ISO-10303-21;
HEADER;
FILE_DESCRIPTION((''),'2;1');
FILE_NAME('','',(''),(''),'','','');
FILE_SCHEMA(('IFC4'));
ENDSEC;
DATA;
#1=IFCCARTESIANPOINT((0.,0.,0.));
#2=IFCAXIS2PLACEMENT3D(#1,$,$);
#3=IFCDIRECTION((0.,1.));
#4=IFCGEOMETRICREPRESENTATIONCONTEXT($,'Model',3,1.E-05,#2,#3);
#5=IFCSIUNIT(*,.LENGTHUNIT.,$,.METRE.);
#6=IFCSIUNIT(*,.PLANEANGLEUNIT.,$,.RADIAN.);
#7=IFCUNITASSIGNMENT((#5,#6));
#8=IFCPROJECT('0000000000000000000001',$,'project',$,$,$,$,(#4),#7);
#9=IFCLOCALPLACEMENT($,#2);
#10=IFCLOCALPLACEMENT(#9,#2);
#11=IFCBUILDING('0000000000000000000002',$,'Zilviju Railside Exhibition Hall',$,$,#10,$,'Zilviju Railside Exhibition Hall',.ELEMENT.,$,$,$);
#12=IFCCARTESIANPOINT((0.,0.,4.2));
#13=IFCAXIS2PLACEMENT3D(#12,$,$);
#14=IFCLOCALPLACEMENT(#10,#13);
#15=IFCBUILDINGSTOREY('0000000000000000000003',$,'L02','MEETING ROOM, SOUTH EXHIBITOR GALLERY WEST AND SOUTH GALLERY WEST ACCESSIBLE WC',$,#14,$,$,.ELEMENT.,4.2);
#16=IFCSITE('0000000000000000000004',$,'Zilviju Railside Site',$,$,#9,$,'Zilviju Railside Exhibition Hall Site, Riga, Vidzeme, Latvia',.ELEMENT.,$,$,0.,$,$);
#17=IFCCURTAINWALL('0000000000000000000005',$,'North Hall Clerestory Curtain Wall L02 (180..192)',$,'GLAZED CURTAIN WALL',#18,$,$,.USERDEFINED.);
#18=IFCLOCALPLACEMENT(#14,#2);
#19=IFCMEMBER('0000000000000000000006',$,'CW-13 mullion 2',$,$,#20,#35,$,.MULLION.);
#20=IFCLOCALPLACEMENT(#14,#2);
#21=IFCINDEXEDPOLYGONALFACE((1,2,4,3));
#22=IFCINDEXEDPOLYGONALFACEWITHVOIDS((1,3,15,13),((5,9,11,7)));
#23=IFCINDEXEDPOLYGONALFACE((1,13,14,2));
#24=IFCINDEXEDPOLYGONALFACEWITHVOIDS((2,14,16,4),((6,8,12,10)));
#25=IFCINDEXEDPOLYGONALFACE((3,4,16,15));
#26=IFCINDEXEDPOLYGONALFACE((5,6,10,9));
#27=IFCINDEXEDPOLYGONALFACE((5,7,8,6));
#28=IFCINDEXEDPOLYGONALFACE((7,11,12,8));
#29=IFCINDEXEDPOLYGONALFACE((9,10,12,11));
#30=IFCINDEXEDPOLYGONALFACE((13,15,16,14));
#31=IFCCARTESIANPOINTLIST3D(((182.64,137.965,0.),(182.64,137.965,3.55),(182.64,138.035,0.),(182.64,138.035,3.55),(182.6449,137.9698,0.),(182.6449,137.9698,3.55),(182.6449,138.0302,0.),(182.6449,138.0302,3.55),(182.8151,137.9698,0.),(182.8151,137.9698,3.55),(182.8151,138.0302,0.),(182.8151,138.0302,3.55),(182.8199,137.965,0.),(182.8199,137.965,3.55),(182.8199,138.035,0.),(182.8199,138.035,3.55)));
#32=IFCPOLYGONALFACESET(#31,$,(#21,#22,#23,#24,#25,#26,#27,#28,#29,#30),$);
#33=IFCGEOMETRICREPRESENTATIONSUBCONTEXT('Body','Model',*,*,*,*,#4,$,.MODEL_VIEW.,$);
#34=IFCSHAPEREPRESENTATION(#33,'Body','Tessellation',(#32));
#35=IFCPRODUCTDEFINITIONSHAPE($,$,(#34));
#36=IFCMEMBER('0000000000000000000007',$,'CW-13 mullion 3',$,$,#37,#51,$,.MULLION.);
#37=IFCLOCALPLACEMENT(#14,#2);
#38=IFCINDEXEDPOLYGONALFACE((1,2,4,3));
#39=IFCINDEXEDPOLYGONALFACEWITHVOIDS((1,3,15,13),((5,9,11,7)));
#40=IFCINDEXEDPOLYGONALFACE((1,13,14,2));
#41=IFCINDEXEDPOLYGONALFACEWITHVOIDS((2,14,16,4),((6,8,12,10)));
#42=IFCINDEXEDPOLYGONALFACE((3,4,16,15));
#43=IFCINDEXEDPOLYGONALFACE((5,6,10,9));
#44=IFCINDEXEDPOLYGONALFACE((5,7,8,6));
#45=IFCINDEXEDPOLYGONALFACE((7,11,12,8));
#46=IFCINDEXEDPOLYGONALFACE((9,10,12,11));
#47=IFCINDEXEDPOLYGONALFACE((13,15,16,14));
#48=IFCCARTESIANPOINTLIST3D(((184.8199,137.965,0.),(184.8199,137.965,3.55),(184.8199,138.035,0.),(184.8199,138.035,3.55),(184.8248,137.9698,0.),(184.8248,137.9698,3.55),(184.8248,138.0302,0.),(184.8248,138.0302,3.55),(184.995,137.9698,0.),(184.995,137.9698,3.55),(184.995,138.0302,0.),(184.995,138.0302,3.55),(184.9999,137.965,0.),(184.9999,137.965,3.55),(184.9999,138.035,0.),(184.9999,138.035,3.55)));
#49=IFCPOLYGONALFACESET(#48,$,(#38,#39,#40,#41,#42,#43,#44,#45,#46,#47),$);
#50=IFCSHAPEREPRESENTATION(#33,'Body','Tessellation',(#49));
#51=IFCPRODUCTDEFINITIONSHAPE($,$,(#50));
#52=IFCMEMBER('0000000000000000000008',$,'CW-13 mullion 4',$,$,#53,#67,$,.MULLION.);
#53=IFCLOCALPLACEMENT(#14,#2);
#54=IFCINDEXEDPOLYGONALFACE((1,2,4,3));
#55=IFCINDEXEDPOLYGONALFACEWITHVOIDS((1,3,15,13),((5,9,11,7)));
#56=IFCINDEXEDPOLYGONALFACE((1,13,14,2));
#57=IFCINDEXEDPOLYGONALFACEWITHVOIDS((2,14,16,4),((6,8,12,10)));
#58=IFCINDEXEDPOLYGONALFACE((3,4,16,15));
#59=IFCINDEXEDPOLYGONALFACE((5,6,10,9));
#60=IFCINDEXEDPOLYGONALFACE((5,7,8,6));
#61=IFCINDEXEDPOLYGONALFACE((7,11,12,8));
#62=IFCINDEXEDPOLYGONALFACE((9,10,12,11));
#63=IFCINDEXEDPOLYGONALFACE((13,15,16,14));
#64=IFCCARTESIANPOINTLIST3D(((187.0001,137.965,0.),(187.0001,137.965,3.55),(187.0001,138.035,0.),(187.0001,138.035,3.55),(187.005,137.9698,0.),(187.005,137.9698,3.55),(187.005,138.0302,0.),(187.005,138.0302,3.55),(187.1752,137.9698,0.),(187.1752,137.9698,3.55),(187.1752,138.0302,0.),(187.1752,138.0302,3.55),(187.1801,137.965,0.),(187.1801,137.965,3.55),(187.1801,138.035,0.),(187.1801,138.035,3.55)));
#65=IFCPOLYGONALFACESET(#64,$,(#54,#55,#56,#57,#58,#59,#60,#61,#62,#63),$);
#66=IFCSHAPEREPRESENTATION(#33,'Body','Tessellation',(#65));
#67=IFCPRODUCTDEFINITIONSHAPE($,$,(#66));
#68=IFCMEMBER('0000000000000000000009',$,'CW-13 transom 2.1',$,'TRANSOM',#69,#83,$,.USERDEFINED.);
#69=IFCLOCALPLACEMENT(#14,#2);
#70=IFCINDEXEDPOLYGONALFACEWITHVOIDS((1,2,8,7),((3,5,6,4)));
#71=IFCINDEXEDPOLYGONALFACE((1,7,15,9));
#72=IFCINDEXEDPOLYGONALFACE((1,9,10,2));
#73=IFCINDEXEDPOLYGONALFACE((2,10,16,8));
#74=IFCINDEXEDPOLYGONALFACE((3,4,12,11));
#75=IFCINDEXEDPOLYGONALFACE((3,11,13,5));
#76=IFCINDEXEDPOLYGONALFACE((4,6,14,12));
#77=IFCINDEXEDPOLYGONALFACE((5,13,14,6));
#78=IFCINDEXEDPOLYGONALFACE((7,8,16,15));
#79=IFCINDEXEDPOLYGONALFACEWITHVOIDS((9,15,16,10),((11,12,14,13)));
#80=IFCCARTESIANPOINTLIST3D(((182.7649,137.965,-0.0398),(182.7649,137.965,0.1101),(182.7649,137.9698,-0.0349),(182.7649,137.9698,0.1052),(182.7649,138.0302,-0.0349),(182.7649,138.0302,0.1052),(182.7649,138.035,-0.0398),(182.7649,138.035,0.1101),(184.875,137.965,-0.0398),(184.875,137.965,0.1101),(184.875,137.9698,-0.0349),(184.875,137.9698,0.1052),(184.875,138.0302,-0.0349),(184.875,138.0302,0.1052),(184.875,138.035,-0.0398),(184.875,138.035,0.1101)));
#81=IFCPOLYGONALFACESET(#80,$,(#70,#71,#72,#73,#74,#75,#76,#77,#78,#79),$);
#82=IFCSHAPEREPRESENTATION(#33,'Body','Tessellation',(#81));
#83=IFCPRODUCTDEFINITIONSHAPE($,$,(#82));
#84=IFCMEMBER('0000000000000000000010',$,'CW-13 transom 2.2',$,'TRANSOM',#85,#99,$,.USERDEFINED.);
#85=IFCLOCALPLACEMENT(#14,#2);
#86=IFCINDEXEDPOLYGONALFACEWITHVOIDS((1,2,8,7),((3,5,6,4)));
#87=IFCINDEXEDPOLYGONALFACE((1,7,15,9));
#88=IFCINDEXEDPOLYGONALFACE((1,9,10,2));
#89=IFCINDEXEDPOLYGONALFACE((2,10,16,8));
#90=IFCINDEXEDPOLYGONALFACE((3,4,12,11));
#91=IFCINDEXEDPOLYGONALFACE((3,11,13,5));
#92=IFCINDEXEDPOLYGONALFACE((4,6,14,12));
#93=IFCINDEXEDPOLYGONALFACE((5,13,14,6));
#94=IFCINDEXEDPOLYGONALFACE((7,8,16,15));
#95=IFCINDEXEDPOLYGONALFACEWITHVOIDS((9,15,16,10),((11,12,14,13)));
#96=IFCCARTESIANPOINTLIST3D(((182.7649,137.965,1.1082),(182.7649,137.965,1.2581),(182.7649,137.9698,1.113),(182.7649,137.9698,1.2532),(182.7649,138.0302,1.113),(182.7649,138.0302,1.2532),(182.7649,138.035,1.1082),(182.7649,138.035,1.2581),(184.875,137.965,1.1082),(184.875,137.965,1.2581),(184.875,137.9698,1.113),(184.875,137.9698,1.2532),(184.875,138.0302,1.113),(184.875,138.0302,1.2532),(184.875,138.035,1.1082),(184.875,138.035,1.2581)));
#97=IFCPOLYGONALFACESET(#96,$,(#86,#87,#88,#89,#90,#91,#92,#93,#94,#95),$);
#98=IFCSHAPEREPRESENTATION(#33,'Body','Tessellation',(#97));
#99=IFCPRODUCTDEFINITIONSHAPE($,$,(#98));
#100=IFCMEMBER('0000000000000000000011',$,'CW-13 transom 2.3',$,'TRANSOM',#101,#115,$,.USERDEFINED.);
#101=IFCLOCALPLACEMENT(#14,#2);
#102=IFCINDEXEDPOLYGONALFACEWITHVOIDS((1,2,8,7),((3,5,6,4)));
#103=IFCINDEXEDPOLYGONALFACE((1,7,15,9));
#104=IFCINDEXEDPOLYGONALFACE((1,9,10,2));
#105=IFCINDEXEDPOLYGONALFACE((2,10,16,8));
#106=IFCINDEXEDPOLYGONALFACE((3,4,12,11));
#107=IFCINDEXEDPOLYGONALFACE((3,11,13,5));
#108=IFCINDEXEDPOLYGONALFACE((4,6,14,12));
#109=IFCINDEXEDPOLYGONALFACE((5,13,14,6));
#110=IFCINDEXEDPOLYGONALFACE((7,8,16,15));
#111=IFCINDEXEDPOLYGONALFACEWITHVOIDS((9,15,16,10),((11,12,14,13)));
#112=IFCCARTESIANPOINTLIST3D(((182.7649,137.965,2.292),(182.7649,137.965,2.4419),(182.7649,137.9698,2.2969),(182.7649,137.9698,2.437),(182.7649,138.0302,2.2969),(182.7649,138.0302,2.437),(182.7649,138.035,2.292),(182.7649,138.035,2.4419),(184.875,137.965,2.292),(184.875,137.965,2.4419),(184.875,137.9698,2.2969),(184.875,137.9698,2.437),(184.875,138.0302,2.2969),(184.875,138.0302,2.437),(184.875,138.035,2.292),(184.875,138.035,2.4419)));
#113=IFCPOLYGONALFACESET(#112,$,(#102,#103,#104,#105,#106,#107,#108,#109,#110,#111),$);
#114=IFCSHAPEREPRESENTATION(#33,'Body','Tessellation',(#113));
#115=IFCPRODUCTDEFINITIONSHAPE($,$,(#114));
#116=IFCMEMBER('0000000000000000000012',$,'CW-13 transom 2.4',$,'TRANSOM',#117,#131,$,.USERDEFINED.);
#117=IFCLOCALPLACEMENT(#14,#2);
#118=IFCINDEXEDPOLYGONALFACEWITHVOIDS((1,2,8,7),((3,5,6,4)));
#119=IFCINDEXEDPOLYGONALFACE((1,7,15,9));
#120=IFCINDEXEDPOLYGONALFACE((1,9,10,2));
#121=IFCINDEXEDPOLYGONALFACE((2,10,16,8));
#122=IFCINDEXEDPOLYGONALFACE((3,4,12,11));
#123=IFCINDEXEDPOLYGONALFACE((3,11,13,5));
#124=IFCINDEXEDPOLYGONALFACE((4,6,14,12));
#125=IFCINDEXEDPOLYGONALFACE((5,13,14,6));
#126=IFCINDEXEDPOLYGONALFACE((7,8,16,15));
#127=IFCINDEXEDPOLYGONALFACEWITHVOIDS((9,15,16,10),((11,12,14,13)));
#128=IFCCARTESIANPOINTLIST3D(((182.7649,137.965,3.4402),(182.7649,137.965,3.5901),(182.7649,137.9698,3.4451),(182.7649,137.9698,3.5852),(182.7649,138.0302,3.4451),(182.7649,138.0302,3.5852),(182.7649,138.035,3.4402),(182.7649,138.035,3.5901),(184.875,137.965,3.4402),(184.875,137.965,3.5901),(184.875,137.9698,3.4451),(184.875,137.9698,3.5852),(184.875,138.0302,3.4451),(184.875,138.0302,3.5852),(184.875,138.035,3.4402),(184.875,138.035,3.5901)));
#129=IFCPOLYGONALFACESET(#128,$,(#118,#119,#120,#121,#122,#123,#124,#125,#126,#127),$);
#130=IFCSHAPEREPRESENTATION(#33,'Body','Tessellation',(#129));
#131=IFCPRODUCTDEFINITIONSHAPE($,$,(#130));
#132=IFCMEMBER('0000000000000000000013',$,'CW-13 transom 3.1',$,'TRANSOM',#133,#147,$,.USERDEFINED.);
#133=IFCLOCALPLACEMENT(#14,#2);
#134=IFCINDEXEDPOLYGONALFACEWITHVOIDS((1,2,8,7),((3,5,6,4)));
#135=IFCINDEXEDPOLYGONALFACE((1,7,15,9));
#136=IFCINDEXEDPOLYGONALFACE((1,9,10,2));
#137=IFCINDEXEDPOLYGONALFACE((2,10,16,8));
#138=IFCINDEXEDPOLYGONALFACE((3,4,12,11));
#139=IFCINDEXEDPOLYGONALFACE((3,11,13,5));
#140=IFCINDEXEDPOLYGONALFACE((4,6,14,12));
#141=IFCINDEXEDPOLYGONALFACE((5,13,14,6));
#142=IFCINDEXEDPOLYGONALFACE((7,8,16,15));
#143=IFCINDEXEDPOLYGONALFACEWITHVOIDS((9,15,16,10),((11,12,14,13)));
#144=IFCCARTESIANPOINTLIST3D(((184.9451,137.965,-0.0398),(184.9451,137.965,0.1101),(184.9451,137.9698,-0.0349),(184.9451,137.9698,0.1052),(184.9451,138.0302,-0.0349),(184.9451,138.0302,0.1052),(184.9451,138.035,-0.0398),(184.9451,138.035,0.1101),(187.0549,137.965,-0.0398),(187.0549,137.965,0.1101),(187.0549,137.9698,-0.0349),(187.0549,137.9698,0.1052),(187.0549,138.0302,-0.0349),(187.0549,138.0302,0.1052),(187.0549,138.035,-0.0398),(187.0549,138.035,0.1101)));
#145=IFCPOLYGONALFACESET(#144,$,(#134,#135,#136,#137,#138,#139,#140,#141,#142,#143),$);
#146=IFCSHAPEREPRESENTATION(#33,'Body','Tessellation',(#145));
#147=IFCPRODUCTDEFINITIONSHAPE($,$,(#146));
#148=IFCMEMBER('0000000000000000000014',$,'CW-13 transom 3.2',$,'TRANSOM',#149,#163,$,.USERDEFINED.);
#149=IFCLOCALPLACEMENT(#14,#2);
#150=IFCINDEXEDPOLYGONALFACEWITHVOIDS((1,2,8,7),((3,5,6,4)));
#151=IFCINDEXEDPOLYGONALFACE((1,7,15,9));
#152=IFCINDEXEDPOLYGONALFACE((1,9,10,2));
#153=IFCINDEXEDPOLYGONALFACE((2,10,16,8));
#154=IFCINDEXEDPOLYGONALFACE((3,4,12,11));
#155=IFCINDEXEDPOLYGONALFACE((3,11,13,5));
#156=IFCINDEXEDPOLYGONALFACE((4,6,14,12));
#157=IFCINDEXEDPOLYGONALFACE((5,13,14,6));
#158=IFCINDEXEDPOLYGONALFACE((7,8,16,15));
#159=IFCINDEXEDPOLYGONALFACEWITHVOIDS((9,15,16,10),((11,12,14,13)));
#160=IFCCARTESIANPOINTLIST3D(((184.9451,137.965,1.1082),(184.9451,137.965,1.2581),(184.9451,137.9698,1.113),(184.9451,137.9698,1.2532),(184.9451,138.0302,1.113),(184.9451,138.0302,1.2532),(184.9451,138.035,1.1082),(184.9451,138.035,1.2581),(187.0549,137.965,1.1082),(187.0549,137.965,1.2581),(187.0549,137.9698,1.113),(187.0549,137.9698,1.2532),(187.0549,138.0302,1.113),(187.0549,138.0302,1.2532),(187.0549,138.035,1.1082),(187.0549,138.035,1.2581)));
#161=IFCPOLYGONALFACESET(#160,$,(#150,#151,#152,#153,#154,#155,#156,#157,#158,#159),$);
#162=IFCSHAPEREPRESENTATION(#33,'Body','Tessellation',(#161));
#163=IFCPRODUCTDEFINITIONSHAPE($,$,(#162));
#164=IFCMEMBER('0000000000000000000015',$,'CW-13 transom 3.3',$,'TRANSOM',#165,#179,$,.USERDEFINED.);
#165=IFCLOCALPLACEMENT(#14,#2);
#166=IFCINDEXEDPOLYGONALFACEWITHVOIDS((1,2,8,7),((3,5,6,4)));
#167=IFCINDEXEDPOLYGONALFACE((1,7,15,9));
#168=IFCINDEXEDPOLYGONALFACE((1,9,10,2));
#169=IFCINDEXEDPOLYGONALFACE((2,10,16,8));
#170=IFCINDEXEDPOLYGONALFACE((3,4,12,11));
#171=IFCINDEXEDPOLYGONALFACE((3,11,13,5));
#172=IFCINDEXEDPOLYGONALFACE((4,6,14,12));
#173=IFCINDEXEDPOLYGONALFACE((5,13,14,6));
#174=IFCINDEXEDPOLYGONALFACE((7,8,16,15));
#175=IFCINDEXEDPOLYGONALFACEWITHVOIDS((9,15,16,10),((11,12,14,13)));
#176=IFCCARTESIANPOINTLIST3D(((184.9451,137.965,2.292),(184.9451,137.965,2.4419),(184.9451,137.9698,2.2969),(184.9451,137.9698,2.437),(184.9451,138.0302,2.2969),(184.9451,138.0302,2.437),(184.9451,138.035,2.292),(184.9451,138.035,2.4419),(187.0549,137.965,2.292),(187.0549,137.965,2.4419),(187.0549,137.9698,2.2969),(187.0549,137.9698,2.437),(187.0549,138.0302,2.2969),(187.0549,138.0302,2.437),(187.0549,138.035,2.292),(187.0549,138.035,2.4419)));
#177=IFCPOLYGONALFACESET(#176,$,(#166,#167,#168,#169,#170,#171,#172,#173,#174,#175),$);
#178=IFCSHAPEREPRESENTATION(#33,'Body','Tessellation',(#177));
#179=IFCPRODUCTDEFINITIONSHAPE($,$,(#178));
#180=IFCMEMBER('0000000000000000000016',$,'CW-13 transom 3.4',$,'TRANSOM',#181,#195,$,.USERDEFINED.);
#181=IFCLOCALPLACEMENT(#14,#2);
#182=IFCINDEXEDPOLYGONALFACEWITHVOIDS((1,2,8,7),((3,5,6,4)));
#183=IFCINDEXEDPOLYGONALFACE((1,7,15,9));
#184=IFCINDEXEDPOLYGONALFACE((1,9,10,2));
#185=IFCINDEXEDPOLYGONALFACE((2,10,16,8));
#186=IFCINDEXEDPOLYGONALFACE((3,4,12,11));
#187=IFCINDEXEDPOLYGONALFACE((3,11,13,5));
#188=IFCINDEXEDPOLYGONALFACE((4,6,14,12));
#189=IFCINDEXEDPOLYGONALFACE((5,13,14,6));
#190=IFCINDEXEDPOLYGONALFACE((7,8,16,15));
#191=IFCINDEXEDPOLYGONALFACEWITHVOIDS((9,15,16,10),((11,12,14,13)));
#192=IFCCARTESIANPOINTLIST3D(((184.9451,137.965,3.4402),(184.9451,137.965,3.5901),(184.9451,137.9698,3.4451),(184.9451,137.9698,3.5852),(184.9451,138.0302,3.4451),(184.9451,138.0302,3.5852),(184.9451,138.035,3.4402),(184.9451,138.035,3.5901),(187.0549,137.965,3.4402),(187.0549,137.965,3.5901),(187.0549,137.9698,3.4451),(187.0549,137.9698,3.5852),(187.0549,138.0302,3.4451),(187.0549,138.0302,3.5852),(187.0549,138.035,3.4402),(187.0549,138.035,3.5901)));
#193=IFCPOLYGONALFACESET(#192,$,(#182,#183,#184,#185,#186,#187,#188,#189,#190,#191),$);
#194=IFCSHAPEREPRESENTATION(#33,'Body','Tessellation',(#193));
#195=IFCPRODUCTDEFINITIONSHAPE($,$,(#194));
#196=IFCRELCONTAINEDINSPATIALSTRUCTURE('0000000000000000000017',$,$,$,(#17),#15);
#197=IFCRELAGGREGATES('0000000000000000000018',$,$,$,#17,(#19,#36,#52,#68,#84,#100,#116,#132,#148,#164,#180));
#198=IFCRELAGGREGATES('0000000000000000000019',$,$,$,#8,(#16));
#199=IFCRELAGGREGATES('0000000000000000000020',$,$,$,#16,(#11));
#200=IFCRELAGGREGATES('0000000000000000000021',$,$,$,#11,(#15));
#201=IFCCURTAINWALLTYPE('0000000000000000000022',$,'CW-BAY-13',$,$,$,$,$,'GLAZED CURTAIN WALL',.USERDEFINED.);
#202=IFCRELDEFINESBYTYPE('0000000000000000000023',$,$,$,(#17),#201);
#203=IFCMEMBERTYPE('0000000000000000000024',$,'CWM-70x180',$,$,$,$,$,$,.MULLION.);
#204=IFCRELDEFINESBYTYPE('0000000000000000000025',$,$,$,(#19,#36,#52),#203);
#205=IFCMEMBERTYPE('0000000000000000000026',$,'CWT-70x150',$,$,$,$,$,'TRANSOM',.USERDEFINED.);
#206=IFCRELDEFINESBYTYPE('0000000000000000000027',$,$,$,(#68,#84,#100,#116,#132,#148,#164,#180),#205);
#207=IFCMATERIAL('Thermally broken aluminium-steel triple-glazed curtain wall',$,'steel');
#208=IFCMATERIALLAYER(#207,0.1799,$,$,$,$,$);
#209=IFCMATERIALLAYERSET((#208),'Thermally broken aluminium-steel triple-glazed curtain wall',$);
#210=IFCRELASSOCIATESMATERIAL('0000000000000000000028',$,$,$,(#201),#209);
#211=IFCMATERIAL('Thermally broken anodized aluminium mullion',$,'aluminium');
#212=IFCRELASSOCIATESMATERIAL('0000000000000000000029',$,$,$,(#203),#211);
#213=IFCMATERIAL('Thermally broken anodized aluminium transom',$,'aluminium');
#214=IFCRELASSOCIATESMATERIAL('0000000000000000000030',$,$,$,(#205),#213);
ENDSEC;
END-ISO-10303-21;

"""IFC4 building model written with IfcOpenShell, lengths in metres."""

from ifc_helpers import new_model, si_unit, direction, frame, origin, origin_2d, place, context, subcontext, project, spatial, hollow_rectangle, extrude, material, layer, layer_set, material_profile, profile_set, type_object, element, aggregate, save


model = new_model("IFC4")

# Units and contexts
model_context = context("Model", 3, precision=1e-05, world=origin(), true_north=direction((0.0, 1.0)))
body_context = subcontext(model_context, "Body", "Model", "MODEL_VIEW")
ifc_project = project(units=[si_unit("LENGTHUNIT", "METRE"), si_unit("PLANEANGLEUNIT", "RADIAN")], contexts=[model_context])

# Site, building, storey
site_placement = place(None, origin())
site = spatial("IfcSite", under=ifc_project, at=site_placement, Name="Zilviju Railside Site", LongName="Zilviju Railside Exhibition Hall Site, Riga, Vidzeme, Latvia", CompositionType="ELEMENT", RefElevation=0.0)
building_placement = place(site_placement, origin())
building = spatial("IfcBuilding", under=site, at=building_placement, Name="Zilviju Railside Exhibition Hall", LongName="Zilviju Railside Exhibition Hall", CompositionType="ELEMENT")
storey_placement = place(building_placement, frame((0.0, 0.0, 4.2)))
storey = spatial("IfcBuildingStorey", under=building, at=storey_placement, Name="L02", Description="MEETING ROOM, SOUTH EXHIBITOR GALLERY WEST AND SOUTH GALLERY WEST ACCESSIBLE WC", CompositionType="ELEMENT", Elevation=4.2)

# Curtain wall, members
ifc_material_1 = material(Name="Thermally broken aluminium-steel triple-glazed curtain wall", Category="steel")
ifc_layer_1 = layer(ifc_material_1, 0.1799)
ifc_layer_set_1 = layer_set([ifc_layer_1], Name="Thermally broken aluminium-steel triple-glazed curtain wall")
curtain_wall_type = type_object("IfcCurtainWallType", Name="CW-BAY-13", ElementType="GLAZED CURTAIN WALL", PredefinedType="USERDEFINED", material=ifc_layer_set_1)
curtain_wall_placement = place(storey_placement, origin())
curtain_wall = element("IfcCurtainWall", 1, at=curtain_wall_placement, inside=storey, type_object=curtain_wall_type, Name="North Hall Clerestory Curtain Wall L02 (180..192)", ObjectType="GLAZED CURTAIN WALL", PredefinedType="USERDEFINED")
ifc_material_2 = material(Name="Thermally broken anodized aluminium mullion", Category="aluminium")
ifc_material_profile_1 = material_profile(ifc_material_2, hollow_rectangle(XDim=0.0701, YDim=0.1799, WallThickness=0.0049, at=origin_2d()), Name="MULLION 180x70x5")
ifc_profile_set_1 = profile_set([ifc_material_profile_1], Name="Thermally broken anodized aluminium mullion")
member_type_1 = type_object("IfcMemberType", Name="CWM-70x180", PredefinedType="MULLION", material=ifc_profile_set_1)
member_1_placement = place(storey_placement, frame((182.73, 138.0, 0.0), z_axis=(0.0, 0.0, 1.0), x_axis=(0.0, 1.0, 0.0)))
member_1 = element("IfcMember", 2, at=member_1_placement, type_object=member_type_1, Name="CW-13 mullion 2", PredefinedType="MULLION", context=body_context, shape_type="SweptSolid", body=[
    extrude(hollow_rectangle(XDim=0.0701, YDim=0.1799, WallThickness=0.0049, at=origin_2d()), origin(), (0.0, 0.0, 1.0), 3.55),
])
member_2_placement = place(storey_placement, frame((184.9099, 138.0, 0.0), z_axis=(0.0, 0.0, 1.0), x_axis=(0.0, 1.0, 0.0)))
member_2 = element("IfcMember", 3, at=member_2_placement, type_object=member_type_1, Name="CW-13 mullion 3", PredefinedType="MULLION", context=body_context, shape_type="SweptSolid", body=[
    extrude(hollow_rectangle(XDim=0.0701, YDim=0.1799, WallThickness=0.0049, at=origin_2d()), origin(), (0.0, 0.0, 1.0), 3.55),
])
member_3_placement = place(storey_placement, frame((187.0901, 138.0, 0.0), z_axis=(0.0, 0.0, 1.0), x_axis=(0.0, 1.0, 0.0)))
member_3 = element("IfcMember", 4, at=member_3_placement, type_object=member_type_1, Name="CW-13 mullion 4", PredefinedType="MULLION", context=body_context, shape_type="SweptSolid", body=[
    extrude(hollow_rectangle(XDim=0.0701, YDim=0.1799, WallThickness=0.0049, at=origin_2d()), origin(), (0.0, 0.0, 1.0), 3.55),
])
ifc_material_3 = material(Name="Thermally broken anodized aluminium transom", Category="aluminium")
ifc_material_profile_2 = material_profile(ifc_material_3, hollow_rectangle(XDim=0.0701, YDim=0.1499, WallThickness=0.0049, at=origin_2d()), Name="TRANSOM 150x70x5")
ifc_profile_set_2 = profile_set([ifc_material_profile_2], Name="Thermally broken anodized aluminium transom")
member_type_2 = type_object("IfcMemberType", Name="CWT-70x150", ElementType="TRANSOM", PredefinedType="USERDEFINED", material=ifc_profile_set_2)
member_4_placement = place(storey_placement, frame((182.7649, 138.0, 0.0352), z_axis=(1.0, 0.0, 0.0), x_axis=(0.0, 1.0, 0.0)))
member_4 = element("IfcMember", 5, at=member_4_placement, type_object=member_type_2, Name="CW-13 transom 2.1", ObjectType="TRANSOM", PredefinedType="USERDEFINED", context=body_context, shape_type="SweptSolid", body=[
    extrude(hollow_rectangle(XDim=0.0701, YDim=0.1499, WallThickness=0.0049, at=origin_2d()), origin(), (0.0, 0.0, 1.0), 2.1101),
])
member_5_placement = place(storey_placement, frame((182.7649, 138.0, 1.1831), z_axis=(1.0, 0.0, 0.0), x_axis=(0.0, 1.0, 0.0)))
member_5 = element("IfcMember", 6, at=member_5_placement, type_object=member_type_2, Name="CW-13 transom 2.2", ObjectType="TRANSOM", PredefinedType="USERDEFINED", context=body_context, shape_type="SweptSolid", body=[
    extrude(hollow_rectangle(XDim=0.0701, YDim=0.1499, WallThickness=0.0049, at=origin_2d()), origin(), (0.0, 0.0, 1.0), 2.1101),
])
member_6_placement = place(storey_placement, frame((182.7649, 138.0, 2.3669), z_axis=(1.0, 0.0, 0.0), x_axis=(0.0, 1.0, 0.0)))
member_6 = element("IfcMember", 7, at=member_6_placement, type_object=member_type_2, Name="CW-13 transom 2.3", ObjectType="TRANSOM", PredefinedType="USERDEFINED", context=body_context, shape_type="SweptSolid", body=[
    extrude(hollow_rectangle(XDim=0.0701, YDim=0.1499, WallThickness=0.0049, at=origin_2d()), origin(), (0.0, 0.0, 1.0), 2.1101),
])
member_7_placement = place(storey_placement, frame((182.7649, 138.0, 3.5151), z_axis=(1.0, 0.0, 0.0), x_axis=(0.0, 1.0, 0.0)))
member_7 = element("IfcMember", 8, at=member_7_placement, type_object=member_type_2, Name="CW-13 transom 2.4", ObjectType="TRANSOM", PredefinedType="USERDEFINED", context=body_context, shape_type="SweptSolid", body=[
    extrude(hollow_rectangle(XDim=0.0701, YDim=0.1499, WallThickness=0.0049, at=origin_2d()), origin(), (0.0, 0.0, 1.0), 2.1101),
])
member_8_placement = place(storey_placement, frame((184.9451, 138.0, 0.0352), z_axis=(1.0, 0.0, 0.0), x_axis=(0.0, 1.0, 0.0)))
member_8 = element("IfcMember", 9, at=member_8_placement, type_object=member_type_2, Name="CW-13 transom 3.1", ObjectType="TRANSOM", PredefinedType="USERDEFINED", context=body_context, shape_type="SweptSolid", body=[
    extrude(hollow_rectangle(XDim=0.0701, YDim=0.1499, WallThickness=0.0049, at=origin_2d()), origin(), (0.0, 0.0, 1.0), 2.1099),
])
member_9_placement = place(storey_placement, frame((184.9451, 138.0, 1.1831), z_axis=(1.0, 0.0, 0.0), x_axis=(0.0, 1.0, 0.0)))
member_9 = element("IfcMember", 10, at=member_9_placement, type_object=member_type_2, Name="CW-13 transom 3.2", ObjectType="TRANSOM", PredefinedType="USERDEFINED", context=body_context, shape_type="SweptSolid", body=[
    extrude(hollow_rectangle(XDim=0.0701, YDim=0.1499, WallThickness=0.0049, at=origin_2d()), origin(), (0.0, 0.0, 1.0), 2.1099),
])
member_10_placement = place(storey_placement, frame((184.9451, 138.0, 2.3669), z_axis=(1.0, 0.0, 0.0), x_axis=(0.0, 1.0, 0.0)))
member_10 = element("IfcMember", 11, at=member_10_placement, type_object=member_type_2, Name="CW-13 transom 3.3", ObjectType="TRANSOM", PredefinedType="USERDEFINED", context=body_context, shape_type="SweptSolid", body=[
    extrude(hollow_rectangle(XDim=0.0701, YDim=0.1499, WallThickness=0.0049, at=origin_2d()), origin(), (0.0, 0.0, 1.0), 2.1099),
])
member_11_placement = place(storey_placement, frame((184.9451, 138.0, 3.5151), z_axis=(1.0, 0.0, 0.0), x_axis=(0.0, 1.0, 0.0)))
member_11 = element("IfcMember", 12, at=member_11_placement, type_object=member_type_2, Name="CW-13 transom 3.4", ObjectType="TRANSOM", PredefinedType="USERDEFINED", context=body_context, shape_type="SweptSolid", body=[
    extrude(hollow_rectangle(XDim=0.0701, YDim=0.1499, WallThickness=0.0049, at=origin_2d()), origin(), (0.0, 0.0, 1.0), 2.1099),
])
aggregate(curtain_wall, [member_1, member_2, member_3, member_4, member_5, member_6, member_7, member_8, member_9, member_10, member_11])

save(model, "model.ifc")
